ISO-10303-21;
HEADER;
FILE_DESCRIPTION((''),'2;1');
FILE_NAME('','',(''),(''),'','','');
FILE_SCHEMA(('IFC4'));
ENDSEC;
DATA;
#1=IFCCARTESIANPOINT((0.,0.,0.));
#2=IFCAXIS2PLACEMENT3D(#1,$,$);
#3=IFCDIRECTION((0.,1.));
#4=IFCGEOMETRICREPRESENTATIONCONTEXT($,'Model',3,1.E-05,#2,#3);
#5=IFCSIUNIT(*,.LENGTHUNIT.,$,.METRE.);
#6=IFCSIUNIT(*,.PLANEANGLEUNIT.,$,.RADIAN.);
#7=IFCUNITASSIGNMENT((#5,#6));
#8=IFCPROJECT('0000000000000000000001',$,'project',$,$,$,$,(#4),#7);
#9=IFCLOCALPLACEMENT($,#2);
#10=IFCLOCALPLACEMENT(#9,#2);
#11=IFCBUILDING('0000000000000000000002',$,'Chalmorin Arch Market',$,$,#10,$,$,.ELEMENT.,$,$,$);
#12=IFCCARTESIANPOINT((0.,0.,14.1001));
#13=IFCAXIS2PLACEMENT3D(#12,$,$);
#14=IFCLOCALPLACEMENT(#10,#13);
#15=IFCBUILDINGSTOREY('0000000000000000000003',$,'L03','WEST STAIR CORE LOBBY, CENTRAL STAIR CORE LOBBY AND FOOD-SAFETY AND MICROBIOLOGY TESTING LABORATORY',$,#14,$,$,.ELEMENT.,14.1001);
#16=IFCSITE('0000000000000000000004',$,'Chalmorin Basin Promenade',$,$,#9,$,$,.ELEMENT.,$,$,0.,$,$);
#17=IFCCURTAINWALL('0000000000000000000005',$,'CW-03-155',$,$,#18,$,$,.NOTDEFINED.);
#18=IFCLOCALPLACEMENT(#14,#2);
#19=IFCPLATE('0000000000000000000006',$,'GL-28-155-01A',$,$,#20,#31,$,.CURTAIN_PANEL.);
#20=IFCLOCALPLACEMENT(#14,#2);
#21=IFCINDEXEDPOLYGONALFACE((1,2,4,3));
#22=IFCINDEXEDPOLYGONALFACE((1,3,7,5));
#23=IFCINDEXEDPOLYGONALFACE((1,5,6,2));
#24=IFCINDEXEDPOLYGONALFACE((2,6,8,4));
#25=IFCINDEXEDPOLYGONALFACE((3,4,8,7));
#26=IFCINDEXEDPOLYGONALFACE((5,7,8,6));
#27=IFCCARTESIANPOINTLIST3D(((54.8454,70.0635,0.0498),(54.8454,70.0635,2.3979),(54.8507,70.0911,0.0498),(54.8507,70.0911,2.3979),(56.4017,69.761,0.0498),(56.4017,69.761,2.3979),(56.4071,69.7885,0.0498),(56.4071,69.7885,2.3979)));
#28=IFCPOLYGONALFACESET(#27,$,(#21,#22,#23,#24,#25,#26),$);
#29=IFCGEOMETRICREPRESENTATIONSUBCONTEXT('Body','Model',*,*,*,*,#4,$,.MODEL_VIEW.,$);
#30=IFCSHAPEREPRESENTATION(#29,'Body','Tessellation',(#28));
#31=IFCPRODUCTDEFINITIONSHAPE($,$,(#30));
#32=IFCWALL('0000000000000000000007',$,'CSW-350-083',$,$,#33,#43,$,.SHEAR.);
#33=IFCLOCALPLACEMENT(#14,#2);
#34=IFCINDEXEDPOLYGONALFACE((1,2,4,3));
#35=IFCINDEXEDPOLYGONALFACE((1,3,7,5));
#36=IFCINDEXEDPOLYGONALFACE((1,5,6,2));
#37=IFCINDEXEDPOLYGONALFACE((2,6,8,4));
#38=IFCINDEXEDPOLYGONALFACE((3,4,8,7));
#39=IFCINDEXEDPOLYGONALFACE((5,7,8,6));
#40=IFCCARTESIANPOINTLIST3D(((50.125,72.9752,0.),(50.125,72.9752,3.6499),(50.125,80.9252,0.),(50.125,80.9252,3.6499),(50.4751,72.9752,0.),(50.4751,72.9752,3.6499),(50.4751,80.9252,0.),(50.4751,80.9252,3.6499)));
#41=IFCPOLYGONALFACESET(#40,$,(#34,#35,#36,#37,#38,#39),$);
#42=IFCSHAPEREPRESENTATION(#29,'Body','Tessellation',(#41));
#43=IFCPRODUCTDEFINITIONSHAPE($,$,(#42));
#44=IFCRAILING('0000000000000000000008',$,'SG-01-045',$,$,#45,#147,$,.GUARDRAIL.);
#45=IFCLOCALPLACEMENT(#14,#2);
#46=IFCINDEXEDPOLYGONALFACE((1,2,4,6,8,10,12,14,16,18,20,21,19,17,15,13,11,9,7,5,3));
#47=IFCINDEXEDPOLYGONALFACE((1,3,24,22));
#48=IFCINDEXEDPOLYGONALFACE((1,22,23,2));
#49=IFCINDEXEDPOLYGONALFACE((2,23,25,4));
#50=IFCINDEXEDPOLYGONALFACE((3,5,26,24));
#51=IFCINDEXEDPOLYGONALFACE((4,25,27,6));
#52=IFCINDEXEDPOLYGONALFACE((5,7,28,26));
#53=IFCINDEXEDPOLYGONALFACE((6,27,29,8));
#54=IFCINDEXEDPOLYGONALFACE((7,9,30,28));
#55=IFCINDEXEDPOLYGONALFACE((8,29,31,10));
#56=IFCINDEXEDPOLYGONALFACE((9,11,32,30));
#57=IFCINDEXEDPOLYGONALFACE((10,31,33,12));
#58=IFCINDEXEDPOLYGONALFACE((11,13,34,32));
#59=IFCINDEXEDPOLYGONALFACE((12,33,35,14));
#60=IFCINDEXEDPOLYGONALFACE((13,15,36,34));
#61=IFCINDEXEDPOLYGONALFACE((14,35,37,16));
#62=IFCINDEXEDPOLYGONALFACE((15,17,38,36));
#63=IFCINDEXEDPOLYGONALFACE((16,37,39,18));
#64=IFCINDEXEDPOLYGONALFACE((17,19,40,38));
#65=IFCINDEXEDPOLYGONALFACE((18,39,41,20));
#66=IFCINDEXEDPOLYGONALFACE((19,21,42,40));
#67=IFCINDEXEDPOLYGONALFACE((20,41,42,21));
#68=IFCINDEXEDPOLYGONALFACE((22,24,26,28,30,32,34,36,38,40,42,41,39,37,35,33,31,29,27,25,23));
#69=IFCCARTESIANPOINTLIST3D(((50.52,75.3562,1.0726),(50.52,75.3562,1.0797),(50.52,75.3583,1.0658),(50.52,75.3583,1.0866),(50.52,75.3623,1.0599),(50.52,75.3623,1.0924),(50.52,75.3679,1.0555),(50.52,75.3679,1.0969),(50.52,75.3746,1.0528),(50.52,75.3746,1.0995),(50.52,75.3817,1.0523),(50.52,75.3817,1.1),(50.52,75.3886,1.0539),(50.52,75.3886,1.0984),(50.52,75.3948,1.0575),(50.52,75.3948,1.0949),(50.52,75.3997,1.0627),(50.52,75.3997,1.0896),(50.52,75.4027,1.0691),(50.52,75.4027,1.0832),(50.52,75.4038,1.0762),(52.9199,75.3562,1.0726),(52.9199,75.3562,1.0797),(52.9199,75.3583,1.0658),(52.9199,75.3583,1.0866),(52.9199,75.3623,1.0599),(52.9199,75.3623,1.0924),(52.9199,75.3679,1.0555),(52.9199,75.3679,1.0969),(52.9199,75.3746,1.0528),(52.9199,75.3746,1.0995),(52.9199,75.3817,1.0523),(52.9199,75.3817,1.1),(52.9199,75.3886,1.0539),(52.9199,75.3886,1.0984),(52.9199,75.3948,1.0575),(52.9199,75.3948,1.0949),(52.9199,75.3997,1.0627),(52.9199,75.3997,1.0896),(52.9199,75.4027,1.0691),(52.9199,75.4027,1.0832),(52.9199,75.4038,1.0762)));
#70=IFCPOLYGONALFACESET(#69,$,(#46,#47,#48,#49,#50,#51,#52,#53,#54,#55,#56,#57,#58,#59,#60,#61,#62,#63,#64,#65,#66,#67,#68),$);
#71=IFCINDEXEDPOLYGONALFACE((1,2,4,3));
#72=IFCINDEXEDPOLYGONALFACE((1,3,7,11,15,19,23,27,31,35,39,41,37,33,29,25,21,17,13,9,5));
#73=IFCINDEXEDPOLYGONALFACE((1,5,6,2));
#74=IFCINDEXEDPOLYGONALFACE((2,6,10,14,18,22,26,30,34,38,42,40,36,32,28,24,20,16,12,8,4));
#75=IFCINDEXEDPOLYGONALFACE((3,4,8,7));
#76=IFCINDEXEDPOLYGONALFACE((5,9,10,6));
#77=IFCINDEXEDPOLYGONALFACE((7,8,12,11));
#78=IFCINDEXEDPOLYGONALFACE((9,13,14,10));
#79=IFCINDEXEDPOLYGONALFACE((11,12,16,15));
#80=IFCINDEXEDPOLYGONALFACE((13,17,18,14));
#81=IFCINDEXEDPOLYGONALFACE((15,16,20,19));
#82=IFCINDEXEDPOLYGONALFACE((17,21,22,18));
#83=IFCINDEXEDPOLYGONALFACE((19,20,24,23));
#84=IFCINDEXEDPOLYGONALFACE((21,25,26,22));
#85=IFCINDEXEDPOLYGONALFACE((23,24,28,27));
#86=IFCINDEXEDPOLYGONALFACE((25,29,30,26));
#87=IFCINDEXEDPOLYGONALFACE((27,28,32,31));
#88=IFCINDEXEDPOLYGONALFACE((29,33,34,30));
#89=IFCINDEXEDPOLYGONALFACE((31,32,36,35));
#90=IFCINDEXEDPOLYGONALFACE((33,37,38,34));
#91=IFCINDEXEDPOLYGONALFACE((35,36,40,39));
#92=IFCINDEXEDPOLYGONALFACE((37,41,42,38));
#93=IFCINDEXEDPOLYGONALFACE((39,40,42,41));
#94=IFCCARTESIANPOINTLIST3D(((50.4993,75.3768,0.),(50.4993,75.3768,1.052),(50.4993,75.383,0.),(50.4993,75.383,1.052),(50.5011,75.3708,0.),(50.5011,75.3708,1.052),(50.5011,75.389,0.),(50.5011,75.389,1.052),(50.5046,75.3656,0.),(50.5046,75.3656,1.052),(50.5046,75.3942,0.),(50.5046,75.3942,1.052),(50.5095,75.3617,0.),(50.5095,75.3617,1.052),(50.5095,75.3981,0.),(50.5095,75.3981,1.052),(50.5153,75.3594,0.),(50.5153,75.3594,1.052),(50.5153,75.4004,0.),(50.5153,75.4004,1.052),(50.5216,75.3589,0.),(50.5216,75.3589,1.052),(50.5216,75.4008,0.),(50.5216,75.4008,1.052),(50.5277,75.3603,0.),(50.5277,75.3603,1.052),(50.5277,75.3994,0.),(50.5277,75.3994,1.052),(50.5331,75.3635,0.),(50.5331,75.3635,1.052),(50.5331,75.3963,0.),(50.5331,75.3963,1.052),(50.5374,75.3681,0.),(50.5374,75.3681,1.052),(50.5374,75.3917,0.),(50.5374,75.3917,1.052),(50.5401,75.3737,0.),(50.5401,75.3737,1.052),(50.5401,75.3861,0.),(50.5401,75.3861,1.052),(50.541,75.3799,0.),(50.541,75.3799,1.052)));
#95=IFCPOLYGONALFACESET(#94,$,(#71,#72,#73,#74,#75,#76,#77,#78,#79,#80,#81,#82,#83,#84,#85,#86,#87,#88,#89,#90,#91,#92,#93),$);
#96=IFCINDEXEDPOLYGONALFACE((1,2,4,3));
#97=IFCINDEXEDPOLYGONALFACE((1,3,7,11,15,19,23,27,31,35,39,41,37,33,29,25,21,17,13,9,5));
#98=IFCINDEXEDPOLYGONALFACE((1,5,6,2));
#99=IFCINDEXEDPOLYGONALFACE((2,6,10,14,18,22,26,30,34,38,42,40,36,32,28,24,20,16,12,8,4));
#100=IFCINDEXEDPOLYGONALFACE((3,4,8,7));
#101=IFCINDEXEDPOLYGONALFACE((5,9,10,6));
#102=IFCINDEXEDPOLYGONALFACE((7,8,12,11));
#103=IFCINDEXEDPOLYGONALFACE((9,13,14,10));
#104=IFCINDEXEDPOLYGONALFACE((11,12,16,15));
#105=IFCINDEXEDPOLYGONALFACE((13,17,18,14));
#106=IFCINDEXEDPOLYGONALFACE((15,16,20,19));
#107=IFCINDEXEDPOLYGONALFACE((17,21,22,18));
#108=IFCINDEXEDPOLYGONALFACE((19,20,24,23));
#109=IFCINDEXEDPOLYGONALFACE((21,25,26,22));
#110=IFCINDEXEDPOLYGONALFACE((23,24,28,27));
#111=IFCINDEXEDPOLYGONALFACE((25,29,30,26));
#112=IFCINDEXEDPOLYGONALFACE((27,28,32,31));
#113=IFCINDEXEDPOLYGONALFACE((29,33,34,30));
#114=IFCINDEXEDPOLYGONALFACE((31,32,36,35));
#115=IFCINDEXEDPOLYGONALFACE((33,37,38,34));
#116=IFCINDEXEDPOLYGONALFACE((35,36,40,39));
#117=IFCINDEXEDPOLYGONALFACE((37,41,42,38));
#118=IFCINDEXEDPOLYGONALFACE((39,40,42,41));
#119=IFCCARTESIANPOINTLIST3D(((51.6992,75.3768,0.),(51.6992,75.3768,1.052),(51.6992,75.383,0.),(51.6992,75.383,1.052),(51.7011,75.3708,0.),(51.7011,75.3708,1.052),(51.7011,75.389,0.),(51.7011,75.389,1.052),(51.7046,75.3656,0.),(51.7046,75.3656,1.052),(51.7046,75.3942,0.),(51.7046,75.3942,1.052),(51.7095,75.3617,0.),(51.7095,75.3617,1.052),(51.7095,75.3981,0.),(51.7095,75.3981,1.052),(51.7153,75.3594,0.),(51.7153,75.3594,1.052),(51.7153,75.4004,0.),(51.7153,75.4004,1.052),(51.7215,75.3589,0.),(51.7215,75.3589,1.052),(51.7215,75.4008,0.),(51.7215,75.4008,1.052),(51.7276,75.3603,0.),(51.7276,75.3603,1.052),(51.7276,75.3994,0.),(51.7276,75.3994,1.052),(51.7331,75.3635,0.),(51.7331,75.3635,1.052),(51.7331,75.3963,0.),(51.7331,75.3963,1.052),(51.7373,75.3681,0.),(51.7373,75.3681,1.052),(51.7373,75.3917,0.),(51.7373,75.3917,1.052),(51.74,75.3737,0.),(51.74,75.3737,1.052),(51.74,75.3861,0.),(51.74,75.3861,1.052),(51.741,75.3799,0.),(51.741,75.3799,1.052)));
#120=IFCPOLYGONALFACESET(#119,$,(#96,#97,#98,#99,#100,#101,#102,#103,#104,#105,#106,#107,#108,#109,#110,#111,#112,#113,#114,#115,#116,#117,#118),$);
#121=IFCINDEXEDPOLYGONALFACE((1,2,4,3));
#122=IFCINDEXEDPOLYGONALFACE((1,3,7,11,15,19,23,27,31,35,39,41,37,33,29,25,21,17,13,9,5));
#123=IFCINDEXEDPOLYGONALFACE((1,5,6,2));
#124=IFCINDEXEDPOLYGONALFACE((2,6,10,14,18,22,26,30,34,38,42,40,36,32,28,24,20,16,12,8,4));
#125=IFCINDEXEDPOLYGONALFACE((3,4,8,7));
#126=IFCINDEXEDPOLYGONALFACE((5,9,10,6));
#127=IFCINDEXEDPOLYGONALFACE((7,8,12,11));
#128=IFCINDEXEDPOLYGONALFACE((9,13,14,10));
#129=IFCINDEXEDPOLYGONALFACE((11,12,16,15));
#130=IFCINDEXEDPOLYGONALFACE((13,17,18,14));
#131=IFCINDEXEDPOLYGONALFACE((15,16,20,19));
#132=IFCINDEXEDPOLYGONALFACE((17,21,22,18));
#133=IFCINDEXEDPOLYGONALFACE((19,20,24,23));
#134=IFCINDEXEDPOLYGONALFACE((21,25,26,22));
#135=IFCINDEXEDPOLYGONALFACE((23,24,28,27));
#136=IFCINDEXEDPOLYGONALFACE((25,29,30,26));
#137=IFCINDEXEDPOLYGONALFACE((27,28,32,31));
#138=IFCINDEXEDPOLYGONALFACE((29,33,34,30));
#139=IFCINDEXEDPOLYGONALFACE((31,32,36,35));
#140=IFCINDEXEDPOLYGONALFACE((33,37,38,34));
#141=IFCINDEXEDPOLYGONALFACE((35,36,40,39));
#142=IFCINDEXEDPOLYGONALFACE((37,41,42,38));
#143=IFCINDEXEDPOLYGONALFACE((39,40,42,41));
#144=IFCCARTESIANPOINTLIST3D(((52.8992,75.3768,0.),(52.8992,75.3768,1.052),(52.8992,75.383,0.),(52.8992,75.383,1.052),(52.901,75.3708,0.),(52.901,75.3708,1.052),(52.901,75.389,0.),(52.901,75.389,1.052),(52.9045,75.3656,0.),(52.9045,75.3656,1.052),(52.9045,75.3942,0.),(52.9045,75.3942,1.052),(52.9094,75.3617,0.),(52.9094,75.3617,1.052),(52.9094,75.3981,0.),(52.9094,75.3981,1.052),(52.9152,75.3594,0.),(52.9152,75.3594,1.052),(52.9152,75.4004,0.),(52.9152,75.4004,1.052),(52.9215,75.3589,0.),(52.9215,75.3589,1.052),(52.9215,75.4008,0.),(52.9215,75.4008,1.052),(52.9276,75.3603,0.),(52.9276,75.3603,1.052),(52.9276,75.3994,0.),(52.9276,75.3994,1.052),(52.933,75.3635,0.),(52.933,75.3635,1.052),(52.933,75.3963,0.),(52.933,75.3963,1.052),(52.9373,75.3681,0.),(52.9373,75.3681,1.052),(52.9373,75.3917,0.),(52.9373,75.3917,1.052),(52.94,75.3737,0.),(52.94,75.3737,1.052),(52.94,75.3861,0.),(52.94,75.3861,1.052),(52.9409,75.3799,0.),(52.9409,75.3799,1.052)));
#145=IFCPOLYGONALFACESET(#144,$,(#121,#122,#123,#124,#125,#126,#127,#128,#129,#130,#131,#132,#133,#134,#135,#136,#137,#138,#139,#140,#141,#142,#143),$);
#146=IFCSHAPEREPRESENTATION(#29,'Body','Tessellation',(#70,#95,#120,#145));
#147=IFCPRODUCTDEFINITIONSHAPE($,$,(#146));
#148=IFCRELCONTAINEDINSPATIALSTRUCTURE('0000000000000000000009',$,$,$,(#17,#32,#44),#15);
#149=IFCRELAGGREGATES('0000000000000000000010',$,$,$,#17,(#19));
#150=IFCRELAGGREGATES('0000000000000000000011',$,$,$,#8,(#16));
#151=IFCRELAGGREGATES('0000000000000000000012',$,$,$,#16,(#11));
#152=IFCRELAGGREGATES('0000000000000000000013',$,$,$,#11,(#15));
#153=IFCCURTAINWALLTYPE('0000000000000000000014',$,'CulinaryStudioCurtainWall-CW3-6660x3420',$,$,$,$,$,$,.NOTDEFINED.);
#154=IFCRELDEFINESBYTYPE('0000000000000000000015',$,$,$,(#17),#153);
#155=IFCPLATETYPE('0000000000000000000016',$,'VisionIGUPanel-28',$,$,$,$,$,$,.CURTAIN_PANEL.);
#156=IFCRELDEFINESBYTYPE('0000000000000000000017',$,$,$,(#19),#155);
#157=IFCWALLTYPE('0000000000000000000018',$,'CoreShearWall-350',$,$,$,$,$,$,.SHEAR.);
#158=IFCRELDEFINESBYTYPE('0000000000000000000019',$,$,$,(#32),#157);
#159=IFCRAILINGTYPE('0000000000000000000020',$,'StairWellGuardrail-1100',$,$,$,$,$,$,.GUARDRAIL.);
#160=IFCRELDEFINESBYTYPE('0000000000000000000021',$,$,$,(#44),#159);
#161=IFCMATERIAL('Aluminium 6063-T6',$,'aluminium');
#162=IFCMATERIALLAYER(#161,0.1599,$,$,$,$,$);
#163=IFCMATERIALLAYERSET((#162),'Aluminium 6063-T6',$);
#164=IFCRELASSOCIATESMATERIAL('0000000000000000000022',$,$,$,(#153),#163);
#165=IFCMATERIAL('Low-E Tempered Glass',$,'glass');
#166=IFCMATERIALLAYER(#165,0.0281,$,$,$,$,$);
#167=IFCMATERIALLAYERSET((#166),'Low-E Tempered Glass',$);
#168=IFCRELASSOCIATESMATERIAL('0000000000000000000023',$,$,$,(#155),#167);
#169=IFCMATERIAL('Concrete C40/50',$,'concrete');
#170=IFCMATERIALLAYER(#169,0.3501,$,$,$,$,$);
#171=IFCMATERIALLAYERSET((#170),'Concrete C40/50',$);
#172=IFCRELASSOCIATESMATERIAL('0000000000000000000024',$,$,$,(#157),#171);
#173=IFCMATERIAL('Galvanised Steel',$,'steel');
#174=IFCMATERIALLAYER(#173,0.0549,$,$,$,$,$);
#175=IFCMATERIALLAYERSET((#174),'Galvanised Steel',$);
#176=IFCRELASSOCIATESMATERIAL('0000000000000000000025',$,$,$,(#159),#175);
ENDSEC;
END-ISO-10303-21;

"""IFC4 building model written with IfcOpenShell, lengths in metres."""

from ifc_helpers import new_model, si_unit, direction, frame, frame_2d, origin, origin_2d, place, context, subcontext, project, spatial, rectangle, circle, extrude, material, layer, layer_set, type_object, element, aggregate, save


model = new_model("IFC4")

# Units and contexts
model_context = context("Model", 3, precision=1e-05, world=origin(), true_north=direction((0.0, 1.0)))
body_context = subcontext(model_context, "Body", "Model", "MODEL_VIEW")
ifc_project = project(units=[si_unit("LENGTHUNIT", "METRE"), si_unit("PLANEANGLEUNIT", "RADIAN")], contexts=[model_context])

# Site, building, storey
site_placement = place(None, origin())
site = spatial("IfcSite", under=ifc_project, at=site_placement, Name="Chalmorin Basin Promenade", CompositionType="ELEMENT", RefElevation=0.0)
building_placement = place(site_placement, origin())
building = spatial("IfcBuilding", under=site, at=building_placement, Name="Chalmorin Arch Market", CompositionType="ELEMENT")
storey_placement = place(building_placement, frame((0.0, 0.0, 14.1001)))
storey = spatial("IfcBuildingStorey", under=building, at=storey_placement, Name="L03", Description="WEST STAIR CORE LOBBY, CENTRAL STAIR CORE LOBBY AND FOOD-SAFETY AND MICROBIOLOGY TESTING LABORATORY", CompositionType="ELEMENT", Elevation=14.1001)

# Shared definitions
ifc_material_1 = material(Name="Concrete C40/50", Category="concrete")

# Shared definitions
ifc_material_2 = material(Name="Aluminium 6063-T6", Category="aluminium")

# Curtain wall
ifc_layer_1 = layer(ifc_material_2, 0.1599)
ifc_layer_set_1 = layer_set([ifc_layer_1], Name="Aluminium 6063-T6")
curtain_wall_type_1 = type_object("IfcCurtainWallType", Name="CulinaryStudioCurtainWall-CW3-6660x3420", PredefinedType="NOTDEFINED", material=ifc_layer_set_1)
curtain_wall_1_placement = place(storey_placement, origin())
curtain_wall_1 = element("IfcCurtainWall", 1, at=curtain_wall_1_placement, inside=storey, type_object=curtain_wall_type_1, Name="CW-03-155", PredefinedType="NOTDEFINED")

# Plate
ifc_material_3 = material(Name="Low-E Tempered Glass", Category="glass")
ifc_layer_2 = layer(ifc_material_3, 0.0281)
ifc_layer_set_2 = layer_set([ifc_layer_2], Name="Low-E Tempered Glass")
plate_type_1 = type_object("IfcPlateType", Name="VisionIGUPanel-28", PredefinedType="CURTAIN_PANEL", material=ifc_layer_set_2)
plate_1_placement = place(storey_placement, frame((55.6262, 69.926, 0.0498), z_axis=(0.0, 0.0, 1.0), x_axis=(0.981627, -0.190809, 0.0)))
plate_1 = element("IfcPlate", 2, at=plate_1_placement, type_object=plate_type_1, Name="GL-28-155-01A", PredefinedType="CURTAIN_PANEL", context=body_context, shape_type="SweptSolid", body=[
    extrude(rectangle(XDim=1.5854, YDim=0.0281, at=origin_2d()), origin(), (0.0, 0.0, 1.0), 2.3481),
])
aggregate(curtain_wall_1, [plate_1])

# Wall
ifc_layer_3 = layer(ifc_material_1, 0.3501)
ifc_layer_set_3 = layer_set([ifc_layer_3], Name="Concrete C40/50")
wall_type = type_object("IfcWallType", Name="CoreShearWall-350", PredefinedType="SHEAR", material=ifc_layer_set_3)
wall_placement = place(storey_placement, frame((50.3, 72.9751, 0.0), z_axis=(0.0, 0.0, 1.0), x_axis=(0.0, 1.0, 0.0)))
element("IfcWall", 3, at=wall_placement, inside=storey, type_object=wall_type, Name="CSW-350-083", PredefinedType="SHEAR", context=body_context, shape_type="SweptSolid", body=[
    extrude(rectangle(XDim=7.95, YDim=0.3501, at=frame_2d((3.9751, 0.0))), origin(), (0.0, 0.0, 1.0), 3.6499),
])

# Railing
ifc_material_4 = material(Name="Galvanised Steel", Category="steel")
ifc_layer_4 = layer(ifc_material_4, 0.0549)
ifc_layer_set_4 = layer_set([ifc_layer_4], Name="Galvanised Steel")
railing_type = type_object("IfcRailingType", Name="StairWellGuardrail-1100", PredefinedType="GUARDRAIL", material=ifc_layer_set_4)
railing_placement = place(storey_placement, frame((50.52, 75.3799, 0.0)))
element("IfcRailing", 4, at=railing_placement, inside=storey, type_object=railing_type, Name="SG-01-045", PredefinedType="GUARDRAIL", context=body_context, shape_type="SweptSolid", body=[
    extrude(circle(Radius=0.0239, at=origin_2d()), frame((0.0, 0.0, 1.0762), z_axis=(1.0, 0.0, 0.0), x_axis=(0.0, 1.0, 0.0)), (0.0, 0.0, 1.0), 2.3999),
    extrude(circle(Radius=0.021, at=origin_2d()), origin(), (0.0, 0.0, 1.0), 1.052),
    extrude(circle(Radius=0.021, at=origin_2d()), frame((1.2, 0.0, 0.0)), (0.0, 0.0, 1.0), 1.052),
    extrude(circle(Radius=0.021, at=origin_2d()), frame((2.3999, 0.0, 0.0)), (0.0, 0.0, 1.0), 1.052),
])

save(model, "model.ifc")
